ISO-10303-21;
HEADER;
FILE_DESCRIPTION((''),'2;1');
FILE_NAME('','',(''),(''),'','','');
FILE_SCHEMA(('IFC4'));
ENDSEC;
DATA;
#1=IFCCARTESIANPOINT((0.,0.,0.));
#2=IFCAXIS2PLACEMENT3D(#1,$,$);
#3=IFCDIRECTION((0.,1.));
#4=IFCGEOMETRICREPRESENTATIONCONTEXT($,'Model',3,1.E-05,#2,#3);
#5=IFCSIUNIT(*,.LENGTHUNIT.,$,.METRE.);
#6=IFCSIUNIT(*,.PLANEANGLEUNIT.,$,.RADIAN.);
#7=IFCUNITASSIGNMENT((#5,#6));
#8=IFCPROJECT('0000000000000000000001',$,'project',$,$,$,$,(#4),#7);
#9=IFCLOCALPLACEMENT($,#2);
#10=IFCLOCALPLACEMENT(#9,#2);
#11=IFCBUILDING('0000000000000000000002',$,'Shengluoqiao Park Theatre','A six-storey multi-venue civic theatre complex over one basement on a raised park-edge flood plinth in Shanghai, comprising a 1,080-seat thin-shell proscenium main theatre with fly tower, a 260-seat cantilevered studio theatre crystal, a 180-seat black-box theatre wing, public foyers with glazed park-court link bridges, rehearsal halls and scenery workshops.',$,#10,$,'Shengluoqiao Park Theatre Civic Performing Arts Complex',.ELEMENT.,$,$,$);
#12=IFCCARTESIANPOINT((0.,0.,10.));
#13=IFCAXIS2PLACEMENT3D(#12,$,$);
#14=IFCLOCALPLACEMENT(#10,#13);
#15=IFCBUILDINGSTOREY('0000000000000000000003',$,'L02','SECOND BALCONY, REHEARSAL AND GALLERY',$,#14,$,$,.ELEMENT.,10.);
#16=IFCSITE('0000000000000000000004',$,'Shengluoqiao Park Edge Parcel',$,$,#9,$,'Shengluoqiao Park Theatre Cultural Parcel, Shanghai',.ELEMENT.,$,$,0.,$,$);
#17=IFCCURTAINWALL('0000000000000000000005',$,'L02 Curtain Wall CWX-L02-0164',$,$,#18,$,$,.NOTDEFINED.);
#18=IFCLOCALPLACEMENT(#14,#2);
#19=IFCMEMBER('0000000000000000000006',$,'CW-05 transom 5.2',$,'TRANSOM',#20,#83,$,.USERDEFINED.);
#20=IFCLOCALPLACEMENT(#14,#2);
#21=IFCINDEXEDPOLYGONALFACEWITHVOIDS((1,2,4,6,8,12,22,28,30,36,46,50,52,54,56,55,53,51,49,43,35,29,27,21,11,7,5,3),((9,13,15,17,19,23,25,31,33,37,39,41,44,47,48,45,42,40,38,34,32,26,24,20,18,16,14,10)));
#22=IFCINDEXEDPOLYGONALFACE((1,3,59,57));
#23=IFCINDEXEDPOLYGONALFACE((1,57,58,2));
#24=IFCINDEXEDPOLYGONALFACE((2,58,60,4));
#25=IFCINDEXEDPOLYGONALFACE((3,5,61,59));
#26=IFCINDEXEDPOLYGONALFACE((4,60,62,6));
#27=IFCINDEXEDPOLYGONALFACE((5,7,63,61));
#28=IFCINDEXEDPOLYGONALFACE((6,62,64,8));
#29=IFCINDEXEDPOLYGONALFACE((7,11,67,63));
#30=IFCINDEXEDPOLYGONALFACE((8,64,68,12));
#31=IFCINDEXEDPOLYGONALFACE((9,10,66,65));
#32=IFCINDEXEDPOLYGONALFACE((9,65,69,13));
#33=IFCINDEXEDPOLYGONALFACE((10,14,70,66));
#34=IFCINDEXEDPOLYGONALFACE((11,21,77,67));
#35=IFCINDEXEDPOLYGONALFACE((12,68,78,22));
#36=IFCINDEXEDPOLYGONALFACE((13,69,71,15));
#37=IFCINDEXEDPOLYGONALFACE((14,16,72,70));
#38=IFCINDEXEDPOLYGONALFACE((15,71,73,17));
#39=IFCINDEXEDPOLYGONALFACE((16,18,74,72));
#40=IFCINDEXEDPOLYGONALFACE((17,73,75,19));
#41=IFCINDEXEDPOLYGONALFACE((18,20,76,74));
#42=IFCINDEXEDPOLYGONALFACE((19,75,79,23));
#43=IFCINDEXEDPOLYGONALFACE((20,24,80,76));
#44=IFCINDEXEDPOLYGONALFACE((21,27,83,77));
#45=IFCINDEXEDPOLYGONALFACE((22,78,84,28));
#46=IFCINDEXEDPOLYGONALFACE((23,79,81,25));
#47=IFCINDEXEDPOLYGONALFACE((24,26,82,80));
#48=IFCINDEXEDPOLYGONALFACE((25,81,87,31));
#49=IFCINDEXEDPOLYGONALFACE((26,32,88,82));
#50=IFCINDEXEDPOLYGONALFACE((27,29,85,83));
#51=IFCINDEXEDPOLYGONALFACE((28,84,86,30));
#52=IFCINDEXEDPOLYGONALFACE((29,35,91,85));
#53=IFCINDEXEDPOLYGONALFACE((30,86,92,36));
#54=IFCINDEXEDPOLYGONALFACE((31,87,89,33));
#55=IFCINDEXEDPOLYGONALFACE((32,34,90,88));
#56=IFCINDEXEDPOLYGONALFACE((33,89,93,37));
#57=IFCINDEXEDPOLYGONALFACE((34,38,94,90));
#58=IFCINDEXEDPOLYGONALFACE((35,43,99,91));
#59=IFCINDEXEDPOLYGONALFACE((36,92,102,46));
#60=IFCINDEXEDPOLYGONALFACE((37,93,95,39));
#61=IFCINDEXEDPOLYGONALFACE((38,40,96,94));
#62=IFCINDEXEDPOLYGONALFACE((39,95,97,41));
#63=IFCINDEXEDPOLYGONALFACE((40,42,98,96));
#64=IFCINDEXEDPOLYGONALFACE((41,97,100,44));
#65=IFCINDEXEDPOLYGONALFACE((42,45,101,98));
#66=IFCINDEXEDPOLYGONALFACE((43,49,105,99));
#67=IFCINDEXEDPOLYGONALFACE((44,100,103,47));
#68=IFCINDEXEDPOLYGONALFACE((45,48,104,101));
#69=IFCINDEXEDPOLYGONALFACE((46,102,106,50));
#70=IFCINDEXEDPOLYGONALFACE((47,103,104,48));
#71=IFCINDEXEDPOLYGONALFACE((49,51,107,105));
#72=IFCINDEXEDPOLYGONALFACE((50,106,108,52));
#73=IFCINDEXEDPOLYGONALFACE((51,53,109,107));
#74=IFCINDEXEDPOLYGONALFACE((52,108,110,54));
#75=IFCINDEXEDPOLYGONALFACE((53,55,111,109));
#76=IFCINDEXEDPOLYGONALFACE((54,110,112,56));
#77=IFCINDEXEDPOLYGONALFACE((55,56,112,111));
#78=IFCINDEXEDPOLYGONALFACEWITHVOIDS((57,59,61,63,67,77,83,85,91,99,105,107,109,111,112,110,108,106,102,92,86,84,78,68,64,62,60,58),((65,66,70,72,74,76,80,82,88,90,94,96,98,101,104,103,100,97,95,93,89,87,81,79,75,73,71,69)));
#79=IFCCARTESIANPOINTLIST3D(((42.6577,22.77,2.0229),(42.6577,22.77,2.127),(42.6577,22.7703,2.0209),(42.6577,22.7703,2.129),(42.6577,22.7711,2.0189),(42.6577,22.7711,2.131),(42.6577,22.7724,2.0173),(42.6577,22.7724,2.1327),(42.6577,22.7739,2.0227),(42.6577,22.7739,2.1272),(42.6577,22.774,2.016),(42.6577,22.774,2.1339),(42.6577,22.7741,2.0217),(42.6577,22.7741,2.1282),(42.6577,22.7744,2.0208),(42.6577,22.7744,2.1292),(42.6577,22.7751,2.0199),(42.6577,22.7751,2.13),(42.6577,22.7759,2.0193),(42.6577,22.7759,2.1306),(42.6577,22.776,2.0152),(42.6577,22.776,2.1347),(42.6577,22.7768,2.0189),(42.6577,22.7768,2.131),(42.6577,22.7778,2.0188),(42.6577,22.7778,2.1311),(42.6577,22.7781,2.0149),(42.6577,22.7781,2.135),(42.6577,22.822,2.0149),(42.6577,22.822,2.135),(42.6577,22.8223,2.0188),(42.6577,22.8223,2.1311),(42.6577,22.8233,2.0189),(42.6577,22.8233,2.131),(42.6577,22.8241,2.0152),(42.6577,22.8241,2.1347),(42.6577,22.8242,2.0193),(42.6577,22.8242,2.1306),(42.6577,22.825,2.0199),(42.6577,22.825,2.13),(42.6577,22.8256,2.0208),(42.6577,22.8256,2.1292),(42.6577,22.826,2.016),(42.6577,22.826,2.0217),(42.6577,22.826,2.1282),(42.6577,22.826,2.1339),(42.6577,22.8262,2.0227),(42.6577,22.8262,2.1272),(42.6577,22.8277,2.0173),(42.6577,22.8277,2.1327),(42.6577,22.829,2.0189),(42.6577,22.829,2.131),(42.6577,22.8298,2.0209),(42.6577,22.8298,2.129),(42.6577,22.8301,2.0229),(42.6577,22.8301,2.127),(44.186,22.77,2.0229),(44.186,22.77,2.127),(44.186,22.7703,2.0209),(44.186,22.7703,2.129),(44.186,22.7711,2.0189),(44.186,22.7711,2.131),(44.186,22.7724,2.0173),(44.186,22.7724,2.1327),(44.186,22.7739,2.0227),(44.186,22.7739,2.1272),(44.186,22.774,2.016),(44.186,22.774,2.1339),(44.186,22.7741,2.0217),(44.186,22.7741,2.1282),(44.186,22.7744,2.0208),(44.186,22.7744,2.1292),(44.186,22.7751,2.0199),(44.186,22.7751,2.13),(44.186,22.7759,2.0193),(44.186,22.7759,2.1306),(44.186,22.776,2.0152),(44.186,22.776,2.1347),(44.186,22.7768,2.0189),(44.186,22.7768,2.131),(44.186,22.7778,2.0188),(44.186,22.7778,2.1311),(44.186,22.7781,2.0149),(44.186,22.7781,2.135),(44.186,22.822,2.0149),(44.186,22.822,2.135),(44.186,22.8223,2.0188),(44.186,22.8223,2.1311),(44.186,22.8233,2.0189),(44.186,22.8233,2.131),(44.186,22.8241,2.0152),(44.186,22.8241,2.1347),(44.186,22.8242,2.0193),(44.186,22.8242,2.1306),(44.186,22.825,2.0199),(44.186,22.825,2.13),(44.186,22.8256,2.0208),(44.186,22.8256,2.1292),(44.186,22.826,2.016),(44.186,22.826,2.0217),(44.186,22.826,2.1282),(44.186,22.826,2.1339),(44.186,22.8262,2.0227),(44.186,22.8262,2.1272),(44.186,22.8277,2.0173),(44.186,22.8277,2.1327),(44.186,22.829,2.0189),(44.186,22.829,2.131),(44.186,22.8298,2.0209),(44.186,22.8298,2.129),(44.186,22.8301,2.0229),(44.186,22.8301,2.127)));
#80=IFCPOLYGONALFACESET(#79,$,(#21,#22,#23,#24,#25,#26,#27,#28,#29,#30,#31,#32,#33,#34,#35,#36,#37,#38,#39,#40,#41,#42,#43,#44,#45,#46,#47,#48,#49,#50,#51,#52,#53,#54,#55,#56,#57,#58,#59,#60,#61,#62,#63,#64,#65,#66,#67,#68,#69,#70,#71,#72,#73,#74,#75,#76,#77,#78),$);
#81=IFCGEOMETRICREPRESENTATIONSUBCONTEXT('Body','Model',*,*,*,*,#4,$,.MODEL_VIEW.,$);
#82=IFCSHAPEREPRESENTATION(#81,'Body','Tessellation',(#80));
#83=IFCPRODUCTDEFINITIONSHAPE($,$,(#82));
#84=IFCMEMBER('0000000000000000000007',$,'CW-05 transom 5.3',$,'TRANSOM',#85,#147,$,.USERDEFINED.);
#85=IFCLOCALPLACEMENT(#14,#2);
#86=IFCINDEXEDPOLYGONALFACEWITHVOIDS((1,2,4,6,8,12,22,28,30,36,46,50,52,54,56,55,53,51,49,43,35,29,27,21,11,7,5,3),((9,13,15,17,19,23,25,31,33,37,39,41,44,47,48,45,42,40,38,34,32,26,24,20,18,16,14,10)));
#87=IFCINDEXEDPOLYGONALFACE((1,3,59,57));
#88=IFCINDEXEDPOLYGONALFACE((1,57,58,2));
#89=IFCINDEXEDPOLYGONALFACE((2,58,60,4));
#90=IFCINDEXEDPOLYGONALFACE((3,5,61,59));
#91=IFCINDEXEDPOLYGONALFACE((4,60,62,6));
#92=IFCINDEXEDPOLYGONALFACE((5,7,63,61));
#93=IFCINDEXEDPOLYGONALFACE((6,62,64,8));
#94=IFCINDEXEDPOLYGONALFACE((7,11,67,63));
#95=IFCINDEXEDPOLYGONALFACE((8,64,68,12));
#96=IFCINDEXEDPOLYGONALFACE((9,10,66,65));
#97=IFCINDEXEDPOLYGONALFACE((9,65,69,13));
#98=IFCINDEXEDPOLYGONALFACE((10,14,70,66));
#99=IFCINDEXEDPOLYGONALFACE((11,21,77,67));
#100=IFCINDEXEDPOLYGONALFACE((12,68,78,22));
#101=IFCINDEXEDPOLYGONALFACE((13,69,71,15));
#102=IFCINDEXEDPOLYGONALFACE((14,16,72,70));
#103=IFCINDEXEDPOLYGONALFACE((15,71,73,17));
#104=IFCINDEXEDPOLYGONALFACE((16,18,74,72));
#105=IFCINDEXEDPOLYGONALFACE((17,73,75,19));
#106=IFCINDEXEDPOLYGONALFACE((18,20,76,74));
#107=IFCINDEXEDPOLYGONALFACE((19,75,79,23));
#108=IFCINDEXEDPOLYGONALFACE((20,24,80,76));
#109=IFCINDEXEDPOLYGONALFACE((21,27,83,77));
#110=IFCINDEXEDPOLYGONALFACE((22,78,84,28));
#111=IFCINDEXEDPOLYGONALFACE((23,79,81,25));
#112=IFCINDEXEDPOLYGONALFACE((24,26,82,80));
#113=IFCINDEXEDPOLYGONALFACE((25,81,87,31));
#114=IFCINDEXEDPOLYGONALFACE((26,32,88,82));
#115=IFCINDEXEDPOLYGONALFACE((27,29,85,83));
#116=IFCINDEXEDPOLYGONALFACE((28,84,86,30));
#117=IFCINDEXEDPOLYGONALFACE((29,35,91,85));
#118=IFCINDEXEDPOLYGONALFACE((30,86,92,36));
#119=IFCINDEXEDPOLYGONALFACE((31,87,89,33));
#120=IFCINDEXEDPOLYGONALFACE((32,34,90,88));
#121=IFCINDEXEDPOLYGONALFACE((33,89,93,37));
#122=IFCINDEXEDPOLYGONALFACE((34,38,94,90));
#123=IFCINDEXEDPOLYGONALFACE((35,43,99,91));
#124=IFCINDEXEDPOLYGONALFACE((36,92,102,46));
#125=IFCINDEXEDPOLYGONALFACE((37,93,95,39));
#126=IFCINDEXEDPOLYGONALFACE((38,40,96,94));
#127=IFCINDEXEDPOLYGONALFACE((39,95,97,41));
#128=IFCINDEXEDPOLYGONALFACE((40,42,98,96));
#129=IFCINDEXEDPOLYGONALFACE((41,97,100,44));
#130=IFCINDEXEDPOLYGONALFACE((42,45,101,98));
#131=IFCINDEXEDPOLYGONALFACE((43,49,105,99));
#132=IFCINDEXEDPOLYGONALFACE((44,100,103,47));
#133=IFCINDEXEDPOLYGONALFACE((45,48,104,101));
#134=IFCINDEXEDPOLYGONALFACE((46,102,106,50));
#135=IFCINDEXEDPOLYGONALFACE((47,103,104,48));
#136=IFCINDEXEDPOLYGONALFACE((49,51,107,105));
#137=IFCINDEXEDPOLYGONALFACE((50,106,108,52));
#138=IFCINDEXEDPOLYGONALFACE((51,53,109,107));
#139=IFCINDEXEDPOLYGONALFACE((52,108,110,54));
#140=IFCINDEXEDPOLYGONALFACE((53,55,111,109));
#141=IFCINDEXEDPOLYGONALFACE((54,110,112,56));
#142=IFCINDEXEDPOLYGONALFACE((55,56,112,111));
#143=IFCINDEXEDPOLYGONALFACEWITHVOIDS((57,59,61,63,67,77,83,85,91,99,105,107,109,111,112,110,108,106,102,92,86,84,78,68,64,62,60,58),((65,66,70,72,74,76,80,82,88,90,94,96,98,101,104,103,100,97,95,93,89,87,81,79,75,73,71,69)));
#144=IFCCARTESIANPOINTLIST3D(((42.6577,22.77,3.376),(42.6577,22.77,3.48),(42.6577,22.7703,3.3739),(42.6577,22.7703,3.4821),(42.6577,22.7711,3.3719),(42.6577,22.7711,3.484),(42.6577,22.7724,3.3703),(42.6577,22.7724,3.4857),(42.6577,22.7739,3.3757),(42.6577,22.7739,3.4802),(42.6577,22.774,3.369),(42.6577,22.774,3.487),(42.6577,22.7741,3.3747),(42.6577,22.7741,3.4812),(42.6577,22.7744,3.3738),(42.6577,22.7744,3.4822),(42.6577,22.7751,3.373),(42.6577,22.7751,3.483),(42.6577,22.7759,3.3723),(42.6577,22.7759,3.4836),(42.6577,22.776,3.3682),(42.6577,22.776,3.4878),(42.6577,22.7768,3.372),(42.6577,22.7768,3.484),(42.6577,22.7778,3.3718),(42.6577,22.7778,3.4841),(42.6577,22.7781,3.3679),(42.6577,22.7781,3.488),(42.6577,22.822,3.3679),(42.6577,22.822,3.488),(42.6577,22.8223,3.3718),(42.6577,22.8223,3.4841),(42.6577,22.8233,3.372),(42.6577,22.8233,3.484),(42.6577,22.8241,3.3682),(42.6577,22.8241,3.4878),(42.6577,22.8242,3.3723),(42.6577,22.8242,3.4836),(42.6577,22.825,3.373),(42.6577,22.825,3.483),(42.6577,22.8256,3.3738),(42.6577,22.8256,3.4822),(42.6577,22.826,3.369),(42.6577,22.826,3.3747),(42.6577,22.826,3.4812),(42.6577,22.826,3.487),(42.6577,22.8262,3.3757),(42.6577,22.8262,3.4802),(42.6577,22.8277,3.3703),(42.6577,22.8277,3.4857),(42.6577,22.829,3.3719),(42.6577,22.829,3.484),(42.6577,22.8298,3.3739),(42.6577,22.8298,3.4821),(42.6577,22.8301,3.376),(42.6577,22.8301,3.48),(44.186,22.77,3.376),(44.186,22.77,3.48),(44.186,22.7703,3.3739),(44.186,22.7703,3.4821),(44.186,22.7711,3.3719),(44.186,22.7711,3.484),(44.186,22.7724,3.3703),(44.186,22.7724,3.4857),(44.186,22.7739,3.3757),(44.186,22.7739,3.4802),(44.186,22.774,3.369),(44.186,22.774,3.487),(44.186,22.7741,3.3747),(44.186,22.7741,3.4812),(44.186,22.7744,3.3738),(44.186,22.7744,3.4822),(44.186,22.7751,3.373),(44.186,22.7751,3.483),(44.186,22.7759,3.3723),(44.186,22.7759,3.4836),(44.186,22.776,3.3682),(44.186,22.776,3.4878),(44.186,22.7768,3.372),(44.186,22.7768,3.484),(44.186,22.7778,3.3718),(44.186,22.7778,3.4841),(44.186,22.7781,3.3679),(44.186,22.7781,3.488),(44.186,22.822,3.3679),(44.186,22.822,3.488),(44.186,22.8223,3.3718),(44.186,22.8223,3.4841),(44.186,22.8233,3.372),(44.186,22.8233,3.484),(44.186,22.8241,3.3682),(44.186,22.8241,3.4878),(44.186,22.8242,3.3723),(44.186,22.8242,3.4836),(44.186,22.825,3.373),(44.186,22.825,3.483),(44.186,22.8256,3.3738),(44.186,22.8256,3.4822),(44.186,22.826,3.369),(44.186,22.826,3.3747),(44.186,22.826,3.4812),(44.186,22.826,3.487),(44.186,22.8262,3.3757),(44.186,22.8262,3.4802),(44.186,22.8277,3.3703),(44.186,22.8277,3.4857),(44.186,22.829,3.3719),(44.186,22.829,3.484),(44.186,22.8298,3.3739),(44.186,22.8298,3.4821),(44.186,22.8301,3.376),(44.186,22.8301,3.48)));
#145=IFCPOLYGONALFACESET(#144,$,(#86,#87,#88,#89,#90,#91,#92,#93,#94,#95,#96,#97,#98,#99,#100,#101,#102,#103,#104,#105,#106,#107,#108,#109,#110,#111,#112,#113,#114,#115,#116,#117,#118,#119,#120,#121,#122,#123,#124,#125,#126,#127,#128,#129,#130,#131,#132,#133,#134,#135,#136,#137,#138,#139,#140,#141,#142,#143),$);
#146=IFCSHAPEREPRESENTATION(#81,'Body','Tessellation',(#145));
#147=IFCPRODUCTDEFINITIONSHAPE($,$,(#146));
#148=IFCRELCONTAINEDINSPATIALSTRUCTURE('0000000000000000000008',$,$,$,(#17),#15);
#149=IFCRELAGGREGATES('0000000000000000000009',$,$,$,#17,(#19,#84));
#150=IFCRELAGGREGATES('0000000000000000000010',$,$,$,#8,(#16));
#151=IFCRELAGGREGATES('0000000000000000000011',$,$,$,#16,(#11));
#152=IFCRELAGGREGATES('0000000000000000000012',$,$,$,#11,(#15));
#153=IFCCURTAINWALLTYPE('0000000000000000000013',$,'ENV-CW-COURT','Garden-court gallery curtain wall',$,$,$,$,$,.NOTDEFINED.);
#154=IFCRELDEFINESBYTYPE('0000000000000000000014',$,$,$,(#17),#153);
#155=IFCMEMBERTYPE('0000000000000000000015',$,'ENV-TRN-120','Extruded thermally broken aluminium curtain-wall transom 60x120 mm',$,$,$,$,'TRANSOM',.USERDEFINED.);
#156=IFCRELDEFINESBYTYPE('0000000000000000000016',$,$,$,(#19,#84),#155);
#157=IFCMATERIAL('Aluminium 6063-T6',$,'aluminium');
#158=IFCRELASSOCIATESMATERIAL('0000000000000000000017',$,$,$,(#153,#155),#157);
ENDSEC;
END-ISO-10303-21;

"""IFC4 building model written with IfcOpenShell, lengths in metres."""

from ifc_helpers import new_model, si_unit, direction, frame, origin, origin_2d, place, context, subcontext, project, spatial, hollow_rectangle, extrude, material, material_profile, profile_set, type_object, element, aggregate, save


model = new_model("IFC4")

# Units and contexts
model_context = context("Model", 3, precision=1e-05, world=origin(), true_north=direction((0.0, 1.0)))
body_context = subcontext(model_context, "Body", "Model", "MODEL_VIEW")
ifc_project = project(units=[si_unit("LENGTHUNIT", "METRE"), si_unit("PLANEANGLEUNIT", "RADIAN")], contexts=[model_context])

# Site, building, storey
site_placement = place(None, origin())
site = spatial("IfcSite", under=ifc_project, at=site_placement, Name="Shengluoqiao Park Edge Parcel", LongName="Shengluoqiao Park Theatre Cultural Parcel, Shanghai", CompositionType="ELEMENT", RefElevation=0.0)
building_placement = place(site_placement, origin())
building = spatial("IfcBuilding", under=site, at=building_placement, Name="Shengluoqiao Park Theatre", Description="A six-storey multi-venue civic theatre complex over one basement on a raised park-edge flood plinth in Shanghai, comprising a 1,080-seat thin-shell proscenium main theatre with fly tower, a 260-seat cantilevered studio theatre crystal, a 180-seat black-box theatre wing, public foyers with glazed park-court link bridges, rehearsal halls and scenery workshops.", LongName="Shengluoqiao Park Theatre Civic Performing Arts Complex", CompositionType="ELEMENT")
storey_placement = place(building_placement, frame((0.0, 0.0, 10.0)))
storey = spatial("IfcBuildingStorey", under=building, at=storey_placement, Name="L02", Description="SECOND BALCONY, REHEARSAL AND GALLERY", CompositionType="ELEMENT", Elevation=10.0)

# Curtain wall
ifc_material_1 = material(Name="Aluminium 6063-T6", Category="aluminium")
curtain_wall_type = type_object("IfcCurtainWallType", Name="ENV-CW-COURT", Description="Garden-court gallery curtain wall", PredefinedType="NOTDEFINED", material=ifc_material_1)
curtain_wall_1_placement = place(storey_placement, origin())
curtain_wall_1 = element("IfcCurtainWall", 1, at=curtain_wall_1_placement, inside=storey, type_object=curtain_wall_type, Name="L02 Curtain Wall CWX-L02-0164", PredefinedType="NOTDEFINED")

# Members
ifc_material_profile_1 = material_profile(ifc_material_1, hollow_rectangle(XDim=0.0601, YDim=0.1201, WallThickness=0.0039, InnerFilletRadius=0.0039, OuterFilletRadius=0.0081, at=origin_2d()), Name="ALU TRANSOM 120x60x4")
ifc_profile_set_1 = profile_set([ifc_material_profile_1], Name="Aluminium 6063-T6")
member_type_1 = type_object("IfcMemberType", Name="ENV-TRN-120", Description="Extruded thermally broken aluminium curtain-wall transom 60x120 mm", ElementType="TRANSOM", PredefinedType="USERDEFINED", material=ifc_profile_set_1)
member_1_placement = place(storey_placement, frame((42.6577, 22.8, 2.075), z_axis=(1.0, 0.0, 0.0), x_axis=(0.0, 1.0, 0.0)))
member_1 = element("IfcMember", 2, at=member_1_placement, type_object=member_type_1, Name="CW-05 transom 5.2", ObjectType="TRANSOM", PredefinedType="USERDEFINED", context=body_context, shape_type="SweptSolid", body=[
    extrude(hollow_rectangle(XDim=0.0601, YDim=0.1201, WallThickness=0.0039, InnerFilletRadius=0.0039, OuterFilletRadius=0.0081, at=origin_2d()), origin(), (0.0, 0.0, 1.0), 1.5283),
])
member_2_placement = place(storey_placement, frame((42.6577, 22.8, 3.428), z_axis=(1.0, 0.0, 0.0), x_axis=(0.0, 1.0, 0.0)))
member_2 = element("IfcMember", 3, at=member_2_placement, type_object=member_type_1, Name="CW-05 transom 5.3", ObjectType="TRANSOM", PredefinedType="USERDEFINED", context=body_context, shape_type="SweptSolid", body=[
    extrude(hollow_rectangle(XDim=0.0601, YDim=0.1201, WallThickness=0.0039, InnerFilletRadius=0.0039, OuterFilletRadius=0.0081, at=origin_2d()), origin(), (0.0, 0.0, 1.0), 1.5283),
])

aggregate(curtain_wall_1, [member_1, member_2])

save(model, "model.ifc")
